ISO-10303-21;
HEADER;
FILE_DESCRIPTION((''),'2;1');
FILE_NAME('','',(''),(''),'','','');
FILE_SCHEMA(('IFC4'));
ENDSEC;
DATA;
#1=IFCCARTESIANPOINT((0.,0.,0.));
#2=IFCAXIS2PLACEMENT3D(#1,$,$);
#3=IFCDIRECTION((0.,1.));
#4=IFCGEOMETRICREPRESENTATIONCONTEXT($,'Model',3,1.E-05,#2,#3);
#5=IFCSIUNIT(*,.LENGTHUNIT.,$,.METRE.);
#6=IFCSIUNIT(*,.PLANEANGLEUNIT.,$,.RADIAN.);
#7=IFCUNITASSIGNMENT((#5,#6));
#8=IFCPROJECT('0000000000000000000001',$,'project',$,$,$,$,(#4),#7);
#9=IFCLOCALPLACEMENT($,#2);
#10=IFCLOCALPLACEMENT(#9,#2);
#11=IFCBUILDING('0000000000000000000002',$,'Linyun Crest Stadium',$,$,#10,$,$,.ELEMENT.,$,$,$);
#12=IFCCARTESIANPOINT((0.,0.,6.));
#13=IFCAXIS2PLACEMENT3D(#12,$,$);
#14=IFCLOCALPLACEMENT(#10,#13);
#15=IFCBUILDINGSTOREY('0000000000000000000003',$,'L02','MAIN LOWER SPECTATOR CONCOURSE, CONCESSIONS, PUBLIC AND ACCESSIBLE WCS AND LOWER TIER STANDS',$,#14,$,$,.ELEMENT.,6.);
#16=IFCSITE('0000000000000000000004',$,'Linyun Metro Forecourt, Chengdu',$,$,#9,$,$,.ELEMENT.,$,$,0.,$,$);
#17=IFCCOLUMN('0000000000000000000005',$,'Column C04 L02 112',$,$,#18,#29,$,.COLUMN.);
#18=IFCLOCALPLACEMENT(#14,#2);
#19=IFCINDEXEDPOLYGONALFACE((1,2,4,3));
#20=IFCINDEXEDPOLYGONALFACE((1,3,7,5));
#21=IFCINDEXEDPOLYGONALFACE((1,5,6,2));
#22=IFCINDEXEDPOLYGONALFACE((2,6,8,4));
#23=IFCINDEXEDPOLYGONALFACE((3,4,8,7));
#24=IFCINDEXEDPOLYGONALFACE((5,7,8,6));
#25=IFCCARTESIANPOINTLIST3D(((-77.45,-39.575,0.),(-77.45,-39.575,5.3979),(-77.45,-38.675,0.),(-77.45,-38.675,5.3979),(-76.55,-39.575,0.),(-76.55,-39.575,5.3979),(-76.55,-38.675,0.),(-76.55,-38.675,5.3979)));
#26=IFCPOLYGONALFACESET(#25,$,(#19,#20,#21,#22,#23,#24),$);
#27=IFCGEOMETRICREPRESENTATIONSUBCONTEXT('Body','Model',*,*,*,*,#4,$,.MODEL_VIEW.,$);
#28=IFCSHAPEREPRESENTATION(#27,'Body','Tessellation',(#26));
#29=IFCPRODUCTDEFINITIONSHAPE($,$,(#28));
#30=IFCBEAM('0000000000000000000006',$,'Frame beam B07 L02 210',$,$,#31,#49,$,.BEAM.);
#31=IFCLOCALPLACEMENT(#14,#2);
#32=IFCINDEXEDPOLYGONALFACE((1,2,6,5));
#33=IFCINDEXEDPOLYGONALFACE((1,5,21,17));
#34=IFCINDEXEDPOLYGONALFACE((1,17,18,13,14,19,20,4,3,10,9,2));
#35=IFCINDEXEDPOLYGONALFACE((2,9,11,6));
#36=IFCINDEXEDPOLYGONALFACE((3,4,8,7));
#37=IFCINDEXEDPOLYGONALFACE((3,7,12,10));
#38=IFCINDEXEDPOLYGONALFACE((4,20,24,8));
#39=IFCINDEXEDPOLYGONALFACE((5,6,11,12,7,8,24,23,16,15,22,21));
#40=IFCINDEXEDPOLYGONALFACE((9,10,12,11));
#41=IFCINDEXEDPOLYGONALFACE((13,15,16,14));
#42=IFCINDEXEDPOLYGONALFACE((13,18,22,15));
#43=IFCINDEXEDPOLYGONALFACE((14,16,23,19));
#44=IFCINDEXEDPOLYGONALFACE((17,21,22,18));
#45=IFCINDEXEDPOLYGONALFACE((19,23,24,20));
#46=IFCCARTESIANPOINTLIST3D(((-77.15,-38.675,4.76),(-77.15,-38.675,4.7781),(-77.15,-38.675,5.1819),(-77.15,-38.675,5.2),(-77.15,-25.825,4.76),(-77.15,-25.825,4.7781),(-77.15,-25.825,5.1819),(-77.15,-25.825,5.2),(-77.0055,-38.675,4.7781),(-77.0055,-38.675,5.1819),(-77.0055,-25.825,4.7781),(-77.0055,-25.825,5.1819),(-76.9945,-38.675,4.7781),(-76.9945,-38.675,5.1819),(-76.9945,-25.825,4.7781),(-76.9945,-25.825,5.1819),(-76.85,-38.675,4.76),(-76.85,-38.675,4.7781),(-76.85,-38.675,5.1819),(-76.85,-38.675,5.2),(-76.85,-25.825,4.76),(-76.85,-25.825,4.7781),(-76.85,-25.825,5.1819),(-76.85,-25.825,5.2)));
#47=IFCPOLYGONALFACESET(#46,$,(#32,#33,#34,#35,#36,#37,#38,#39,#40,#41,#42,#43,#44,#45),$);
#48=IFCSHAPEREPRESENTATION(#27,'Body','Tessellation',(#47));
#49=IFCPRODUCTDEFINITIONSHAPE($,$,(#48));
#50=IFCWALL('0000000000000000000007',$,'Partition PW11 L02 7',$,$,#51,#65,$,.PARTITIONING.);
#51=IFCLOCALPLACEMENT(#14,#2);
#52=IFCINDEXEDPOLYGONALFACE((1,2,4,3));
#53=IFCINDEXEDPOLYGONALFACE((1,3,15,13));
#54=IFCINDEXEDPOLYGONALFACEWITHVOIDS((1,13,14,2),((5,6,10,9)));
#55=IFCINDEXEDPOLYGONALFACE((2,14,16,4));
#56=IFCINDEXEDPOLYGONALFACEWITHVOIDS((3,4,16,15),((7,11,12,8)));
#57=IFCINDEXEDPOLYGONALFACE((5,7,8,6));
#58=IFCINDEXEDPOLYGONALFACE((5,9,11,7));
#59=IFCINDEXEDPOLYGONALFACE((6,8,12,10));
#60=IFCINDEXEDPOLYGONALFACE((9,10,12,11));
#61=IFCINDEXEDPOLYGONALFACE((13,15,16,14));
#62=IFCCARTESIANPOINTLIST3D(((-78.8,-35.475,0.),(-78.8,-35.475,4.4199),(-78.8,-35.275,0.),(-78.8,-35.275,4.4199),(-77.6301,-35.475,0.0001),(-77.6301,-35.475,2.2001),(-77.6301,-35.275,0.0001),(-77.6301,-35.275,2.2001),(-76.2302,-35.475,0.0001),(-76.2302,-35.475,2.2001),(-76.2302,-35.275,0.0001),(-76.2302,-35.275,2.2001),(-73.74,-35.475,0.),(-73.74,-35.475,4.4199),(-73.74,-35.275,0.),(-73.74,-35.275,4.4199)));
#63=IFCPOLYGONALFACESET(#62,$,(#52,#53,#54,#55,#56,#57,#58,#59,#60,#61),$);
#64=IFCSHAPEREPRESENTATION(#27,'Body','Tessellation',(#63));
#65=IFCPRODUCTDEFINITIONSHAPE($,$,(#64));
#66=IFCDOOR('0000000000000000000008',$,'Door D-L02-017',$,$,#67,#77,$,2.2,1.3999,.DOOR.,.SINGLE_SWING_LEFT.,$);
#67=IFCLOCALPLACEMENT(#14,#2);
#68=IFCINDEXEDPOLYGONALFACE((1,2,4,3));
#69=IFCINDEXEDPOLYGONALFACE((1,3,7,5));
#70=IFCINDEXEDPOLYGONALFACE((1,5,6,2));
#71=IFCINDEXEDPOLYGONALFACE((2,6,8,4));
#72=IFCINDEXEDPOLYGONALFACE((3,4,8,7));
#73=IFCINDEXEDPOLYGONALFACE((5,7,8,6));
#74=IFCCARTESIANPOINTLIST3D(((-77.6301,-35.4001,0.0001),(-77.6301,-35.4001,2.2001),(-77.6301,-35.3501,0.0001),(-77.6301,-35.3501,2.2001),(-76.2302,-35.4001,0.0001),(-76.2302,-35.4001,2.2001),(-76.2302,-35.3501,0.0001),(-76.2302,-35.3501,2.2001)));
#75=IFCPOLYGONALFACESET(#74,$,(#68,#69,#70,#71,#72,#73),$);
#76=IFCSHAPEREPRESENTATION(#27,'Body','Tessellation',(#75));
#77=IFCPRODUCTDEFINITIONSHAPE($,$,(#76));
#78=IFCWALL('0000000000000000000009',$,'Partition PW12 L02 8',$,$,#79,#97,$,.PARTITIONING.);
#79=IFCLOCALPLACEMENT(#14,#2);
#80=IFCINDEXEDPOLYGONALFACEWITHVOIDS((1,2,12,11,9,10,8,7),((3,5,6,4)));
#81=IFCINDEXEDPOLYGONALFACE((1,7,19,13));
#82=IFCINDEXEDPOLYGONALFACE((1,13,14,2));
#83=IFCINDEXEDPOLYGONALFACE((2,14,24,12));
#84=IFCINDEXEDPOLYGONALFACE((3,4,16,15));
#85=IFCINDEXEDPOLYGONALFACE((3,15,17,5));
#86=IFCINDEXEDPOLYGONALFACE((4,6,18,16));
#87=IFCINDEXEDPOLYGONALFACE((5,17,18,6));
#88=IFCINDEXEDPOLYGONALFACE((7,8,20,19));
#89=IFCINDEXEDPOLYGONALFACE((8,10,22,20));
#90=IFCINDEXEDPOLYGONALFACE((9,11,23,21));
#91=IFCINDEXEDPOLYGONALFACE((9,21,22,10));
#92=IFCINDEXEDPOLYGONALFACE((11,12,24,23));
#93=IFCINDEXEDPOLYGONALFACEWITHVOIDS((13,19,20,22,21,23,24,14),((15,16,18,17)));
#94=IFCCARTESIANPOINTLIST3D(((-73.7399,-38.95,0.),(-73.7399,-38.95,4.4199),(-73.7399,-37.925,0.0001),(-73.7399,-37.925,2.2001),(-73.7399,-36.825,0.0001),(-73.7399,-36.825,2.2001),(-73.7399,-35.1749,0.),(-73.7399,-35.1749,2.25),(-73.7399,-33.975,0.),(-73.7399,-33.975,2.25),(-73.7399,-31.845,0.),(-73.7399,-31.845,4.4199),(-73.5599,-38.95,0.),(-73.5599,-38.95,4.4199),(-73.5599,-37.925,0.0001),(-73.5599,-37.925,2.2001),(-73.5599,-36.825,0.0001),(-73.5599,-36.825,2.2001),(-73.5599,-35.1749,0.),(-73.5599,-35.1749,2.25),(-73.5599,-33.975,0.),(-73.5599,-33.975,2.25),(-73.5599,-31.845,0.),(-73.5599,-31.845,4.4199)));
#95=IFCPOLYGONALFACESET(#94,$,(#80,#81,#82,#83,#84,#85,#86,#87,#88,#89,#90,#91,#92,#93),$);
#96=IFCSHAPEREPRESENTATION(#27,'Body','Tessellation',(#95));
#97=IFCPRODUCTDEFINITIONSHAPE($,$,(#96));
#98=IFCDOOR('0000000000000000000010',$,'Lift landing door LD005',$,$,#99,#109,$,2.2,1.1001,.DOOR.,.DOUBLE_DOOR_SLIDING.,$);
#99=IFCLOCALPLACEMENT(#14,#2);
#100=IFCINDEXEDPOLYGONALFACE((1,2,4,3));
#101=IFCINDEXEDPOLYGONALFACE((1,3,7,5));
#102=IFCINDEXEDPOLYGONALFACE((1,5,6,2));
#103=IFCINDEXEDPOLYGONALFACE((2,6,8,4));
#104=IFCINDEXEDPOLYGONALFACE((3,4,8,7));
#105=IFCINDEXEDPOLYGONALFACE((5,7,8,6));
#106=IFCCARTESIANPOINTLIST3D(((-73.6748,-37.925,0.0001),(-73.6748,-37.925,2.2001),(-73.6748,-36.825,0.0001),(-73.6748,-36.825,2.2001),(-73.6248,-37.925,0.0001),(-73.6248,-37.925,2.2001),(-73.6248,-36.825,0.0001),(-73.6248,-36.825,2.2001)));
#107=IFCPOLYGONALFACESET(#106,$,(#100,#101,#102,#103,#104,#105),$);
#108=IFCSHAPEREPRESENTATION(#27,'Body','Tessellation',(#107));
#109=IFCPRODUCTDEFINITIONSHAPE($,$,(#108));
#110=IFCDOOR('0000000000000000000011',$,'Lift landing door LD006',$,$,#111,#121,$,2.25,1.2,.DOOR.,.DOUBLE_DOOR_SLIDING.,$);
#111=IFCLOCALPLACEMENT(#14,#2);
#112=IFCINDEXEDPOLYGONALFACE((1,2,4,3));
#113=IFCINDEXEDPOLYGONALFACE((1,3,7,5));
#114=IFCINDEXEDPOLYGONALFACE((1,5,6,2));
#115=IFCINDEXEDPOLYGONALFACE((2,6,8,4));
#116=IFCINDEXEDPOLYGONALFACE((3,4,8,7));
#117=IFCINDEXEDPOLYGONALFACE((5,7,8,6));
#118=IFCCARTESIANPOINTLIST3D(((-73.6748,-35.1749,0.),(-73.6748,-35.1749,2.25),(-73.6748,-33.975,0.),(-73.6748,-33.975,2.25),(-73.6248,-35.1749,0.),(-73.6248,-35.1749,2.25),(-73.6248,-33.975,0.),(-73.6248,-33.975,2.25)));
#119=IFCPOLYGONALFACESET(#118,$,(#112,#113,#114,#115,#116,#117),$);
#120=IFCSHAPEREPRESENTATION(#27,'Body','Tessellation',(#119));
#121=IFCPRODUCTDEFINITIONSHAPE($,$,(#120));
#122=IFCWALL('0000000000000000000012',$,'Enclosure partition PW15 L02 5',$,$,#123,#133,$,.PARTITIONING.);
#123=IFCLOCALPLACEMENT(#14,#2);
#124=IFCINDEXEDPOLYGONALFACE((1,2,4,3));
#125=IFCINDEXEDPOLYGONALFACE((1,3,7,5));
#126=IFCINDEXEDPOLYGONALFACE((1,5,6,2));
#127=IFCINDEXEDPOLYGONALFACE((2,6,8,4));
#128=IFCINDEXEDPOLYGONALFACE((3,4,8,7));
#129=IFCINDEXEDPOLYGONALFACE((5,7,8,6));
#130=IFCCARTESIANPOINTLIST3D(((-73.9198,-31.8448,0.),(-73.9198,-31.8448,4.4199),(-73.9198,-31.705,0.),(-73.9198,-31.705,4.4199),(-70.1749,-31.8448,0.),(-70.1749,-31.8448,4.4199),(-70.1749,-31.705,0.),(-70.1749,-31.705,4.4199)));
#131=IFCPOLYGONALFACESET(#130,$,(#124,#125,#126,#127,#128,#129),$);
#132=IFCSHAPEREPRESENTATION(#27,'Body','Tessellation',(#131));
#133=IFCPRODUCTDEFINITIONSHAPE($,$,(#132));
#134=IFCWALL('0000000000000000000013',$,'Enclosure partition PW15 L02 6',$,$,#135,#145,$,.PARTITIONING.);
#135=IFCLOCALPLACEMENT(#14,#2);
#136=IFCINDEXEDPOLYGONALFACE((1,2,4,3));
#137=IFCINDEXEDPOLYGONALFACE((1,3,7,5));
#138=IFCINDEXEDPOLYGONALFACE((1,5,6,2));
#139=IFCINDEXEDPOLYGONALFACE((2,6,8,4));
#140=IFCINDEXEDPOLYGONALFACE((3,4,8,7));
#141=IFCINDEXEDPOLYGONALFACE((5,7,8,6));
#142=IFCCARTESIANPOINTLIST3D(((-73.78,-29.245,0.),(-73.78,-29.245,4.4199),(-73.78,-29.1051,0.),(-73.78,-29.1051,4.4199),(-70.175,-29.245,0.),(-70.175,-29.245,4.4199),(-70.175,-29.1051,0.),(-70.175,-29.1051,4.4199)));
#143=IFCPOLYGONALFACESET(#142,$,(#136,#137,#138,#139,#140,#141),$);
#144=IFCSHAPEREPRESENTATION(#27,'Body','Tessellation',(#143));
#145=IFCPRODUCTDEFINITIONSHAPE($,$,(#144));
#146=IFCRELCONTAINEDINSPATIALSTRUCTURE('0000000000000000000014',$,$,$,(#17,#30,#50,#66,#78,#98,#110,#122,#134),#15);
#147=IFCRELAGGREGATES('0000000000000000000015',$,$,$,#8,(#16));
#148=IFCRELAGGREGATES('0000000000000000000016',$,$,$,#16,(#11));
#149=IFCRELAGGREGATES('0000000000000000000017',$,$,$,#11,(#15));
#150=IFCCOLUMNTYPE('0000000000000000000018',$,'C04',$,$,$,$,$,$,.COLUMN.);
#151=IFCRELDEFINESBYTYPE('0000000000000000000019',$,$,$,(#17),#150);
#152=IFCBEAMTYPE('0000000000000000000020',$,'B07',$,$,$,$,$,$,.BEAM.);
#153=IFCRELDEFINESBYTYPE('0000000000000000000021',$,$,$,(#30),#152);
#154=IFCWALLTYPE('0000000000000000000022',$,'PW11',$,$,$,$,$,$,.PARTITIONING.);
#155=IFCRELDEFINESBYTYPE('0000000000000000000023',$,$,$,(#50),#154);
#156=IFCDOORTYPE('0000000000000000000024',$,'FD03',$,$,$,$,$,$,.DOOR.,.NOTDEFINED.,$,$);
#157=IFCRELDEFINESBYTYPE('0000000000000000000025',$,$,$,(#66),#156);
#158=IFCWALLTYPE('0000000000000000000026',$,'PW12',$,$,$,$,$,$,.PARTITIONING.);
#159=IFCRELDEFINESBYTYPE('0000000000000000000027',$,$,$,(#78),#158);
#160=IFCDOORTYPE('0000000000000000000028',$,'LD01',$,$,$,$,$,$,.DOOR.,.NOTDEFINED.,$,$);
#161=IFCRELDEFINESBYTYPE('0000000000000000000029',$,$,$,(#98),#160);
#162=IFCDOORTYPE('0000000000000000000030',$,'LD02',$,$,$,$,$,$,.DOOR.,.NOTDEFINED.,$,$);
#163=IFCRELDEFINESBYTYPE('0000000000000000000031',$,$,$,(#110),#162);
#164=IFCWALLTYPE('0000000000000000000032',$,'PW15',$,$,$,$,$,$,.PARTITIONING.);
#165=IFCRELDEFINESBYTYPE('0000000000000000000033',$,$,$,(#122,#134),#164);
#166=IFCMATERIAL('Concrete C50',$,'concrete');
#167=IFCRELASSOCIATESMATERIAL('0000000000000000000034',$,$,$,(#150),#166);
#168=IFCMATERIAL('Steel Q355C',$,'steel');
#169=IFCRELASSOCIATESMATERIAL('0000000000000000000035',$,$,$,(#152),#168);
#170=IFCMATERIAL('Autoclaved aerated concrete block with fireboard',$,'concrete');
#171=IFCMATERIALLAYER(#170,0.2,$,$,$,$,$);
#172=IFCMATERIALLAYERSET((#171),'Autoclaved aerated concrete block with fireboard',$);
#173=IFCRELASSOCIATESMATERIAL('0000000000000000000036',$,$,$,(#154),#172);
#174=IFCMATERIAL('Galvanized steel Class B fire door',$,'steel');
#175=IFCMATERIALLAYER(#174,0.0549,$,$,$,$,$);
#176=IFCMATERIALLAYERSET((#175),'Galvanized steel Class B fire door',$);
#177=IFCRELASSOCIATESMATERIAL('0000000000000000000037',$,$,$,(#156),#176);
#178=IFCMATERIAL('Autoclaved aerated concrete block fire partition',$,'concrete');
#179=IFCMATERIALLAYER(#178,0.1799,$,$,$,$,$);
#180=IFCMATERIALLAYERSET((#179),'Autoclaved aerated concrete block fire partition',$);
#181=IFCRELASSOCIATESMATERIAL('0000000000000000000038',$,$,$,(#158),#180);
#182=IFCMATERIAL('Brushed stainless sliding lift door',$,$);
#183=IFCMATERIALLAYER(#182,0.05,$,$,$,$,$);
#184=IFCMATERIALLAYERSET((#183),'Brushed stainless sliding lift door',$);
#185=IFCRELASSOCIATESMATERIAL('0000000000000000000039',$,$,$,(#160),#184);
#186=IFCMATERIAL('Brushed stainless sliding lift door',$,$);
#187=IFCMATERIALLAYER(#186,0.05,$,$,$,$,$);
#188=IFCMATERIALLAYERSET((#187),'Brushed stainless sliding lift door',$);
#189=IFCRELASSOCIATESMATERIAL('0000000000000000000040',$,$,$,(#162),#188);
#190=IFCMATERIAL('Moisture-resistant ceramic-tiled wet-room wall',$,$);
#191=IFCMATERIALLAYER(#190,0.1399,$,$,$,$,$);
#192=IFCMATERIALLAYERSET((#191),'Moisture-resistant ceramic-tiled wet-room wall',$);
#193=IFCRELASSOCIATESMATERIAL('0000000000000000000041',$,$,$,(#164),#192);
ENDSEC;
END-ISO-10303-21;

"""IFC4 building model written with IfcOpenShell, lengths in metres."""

from ifc_helpers import new_model, si_unit, direction, frame, frame_2d, origin, origin_2d, place, context, subcontext, project, spatial, rectangle, i_section, extrude, material, layer, layer_set, material_profile, profile_set, type_object, element, fill, save


model = new_model("IFC4")

# Units and contexts
model_context = context("Model", 3, precision=1e-05, world=origin(), true_north=direction((0.0, 1.0)))
body_context = subcontext(model_context, "Body", "Model", "MODEL_VIEW")
ifc_project = project(units=[si_unit("LENGTHUNIT", "METRE"), si_unit("PLANEANGLEUNIT", "RADIAN")], contexts=[model_context])

# Site, building, storey
site_placement = place(None, origin())
site = spatial("IfcSite", under=ifc_project, at=site_placement, Name="Linyun Metro Forecourt, Chengdu", CompositionType="ELEMENT", RefElevation=0.0)
building_placement = place(site_placement, origin())
building = spatial("IfcBuilding", under=site, at=building_placement, Name="Linyun Crest Stadium", CompositionType="ELEMENT")
storey_placement = place(building_placement, frame((0.0, 0.0, 6.0)))
storey = spatial("IfcBuildingStorey", under=building, at=storey_placement, Name="L02", Description="MAIN LOWER SPECTATOR CONCOURSE, CONCESSIONS, PUBLIC AND ACCESSIBLE WCS AND LOWER TIER STANDS", CompositionType="ELEMENT", Elevation=6.0)

# Column
ifc_material_1 = material(Name="Concrete C50", Category="concrete")
ifc_material_profile_1 = material_profile(ifc_material_1, rectangle(XDim=0.8999, YDim=0.8999, at=origin_2d()), Name="RC 900x900")
ifc_profile_set_1 = profile_set([ifc_material_profile_1], Name="Concrete C50")
column_type = type_object("IfcColumnType", Name="C04", PredefinedType="COLUMN", material=ifc_profile_set_1)
column_placement = place(storey_placement, frame((-77.0, -39.125, 0.0), z_axis=(0.0, 0.0, 1.0), x_axis=(1.0, 0.0, 0.0)))
element("IfcColumn", 1, at=column_placement, inside=storey, type_object=column_type, Name="Column C04 L02 112", PredefinedType="COLUMN", context=body_context, shape_type="SweptSolid", body=[
    extrude(rectangle(XDim=0.8999, YDim=0.8999, at=origin_2d()), origin(), (0.0, 0.0, 1.0), 5.3979),
])

# Beam
ifc_material_2 = material(Name="Steel Q355C", Category="steel")
ifc_material_profile_2 = material_profile(ifc_material_2, i_section(OverallWidth=0.3, OverallDepth=0.4399, WebThickness=0.011, FlangeThickness=0.0181, at=origin_2d()), Name="HM 440x300")
ifc_profile_set_2 = profile_set([ifc_material_profile_2], Name="Steel Q355C")
beam_type = type_object("IfcBeamType", Name="B07", PredefinedType="BEAM", material=ifc_profile_set_2)
beam_placement = place(storey_placement, frame((-77.0, -38.675, 4.98), z_axis=(0.0, 1.0, 0.0), x_axis=(-1.0, 0.0, 0.0)))
element("IfcBeam", 2, at=beam_placement, inside=storey, type_object=beam_type, Name="Frame beam B07 L02 210", PredefinedType="BEAM", context=body_context, shape_type="SweptSolid", body=[
    extrude(i_section(OverallWidth=0.3, OverallDepth=0.4399, WebThickness=0.011, FlangeThickness=0.0181, at=origin_2d()), origin(), (0.0, 0.0, 1.0), 12.8501),
])

# Wall, opening, door
ifc_material_3 = material(Name="Autoclaved aerated concrete block with fireboard", Category="concrete")
ifc_layer_1 = layer(ifc_material_3, 0.2)
ifc_layer_set_1 = layer_set([ifc_layer_1], Name="Autoclaved aerated concrete block with fireboard")
wall_type_1 = type_object("IfcWallType", Name="PW11", PredefinedType="PARTITIONING", material=ifc_layer_set_1)
wall_1_placement = place(storey_placement, frame((-78.8, -35.375, 0.0), z_axis=(0.0, 0.0, 1.0), x_axis=(1.0, 0.0, 0.0)))
wall_1 = element("IfcWall", 3, at=wall_1_placement, inside=storey, type_object=wall_type_1, Name="Partition PW11 L02 7", PredefinedType="PARTITIONING", context=body_context, shape_type="SweptSolid", body=[
    extrude(rectangle(XDim=5.0601, YDim=0.2, at=frame_2d((2.53, 0.0))), origin(), (0.0, 0.0, 1.0), 4.4199),
])
opening_1_placement = place(wall_1_placement, frame((1.1699, 0.0, 0.0)))
opening_1 = element("IfcOpeningElement", 4, at=opening_1_placement, cuts=wall_1, PredefinedType="OPENING", context=body_context, shape_type="SweptSolid", body=[
    extrude(rectangle(XDim=1.3999, YDim=2.2, at=frame_2d((0.7, 1.1001))), frame((0.0, 0.1099, 0.0), z_axis=(0.0, -1.0, 0.0), x_axis=(1.0, 0.0, 0.0)), (0.0, 0.0, 1.0), 0.22),
])
ifc_material_4 = material(Name="Galvanized steel Class B fire door", Category="steel")
ifc_layer_2 = layer(ifc_material_4, 0.0549)
ifc_layer_set_2 = layer_set([ifc_layer_2], Name="Galvanized steel Class B fire door")
door_type_1 = type_object("IfcDoorType", Name="FD03", OperationType="NOTDEFINED", PredefinedType="DOOR", material=ifc_layer_set_2)
door_1_placement = place(opening_1_placement, origin())
door_1 = element("IfcDoor", 5, at=door_1_placement, inside=storey, type_object=door_type_1, Name="Door D-L02-017", OperationType="SINGLE_SWING_LEFT", OverallHeight=2.2, OverallWidth=1.3999, PredefinedType="DOOR", context=body_context, shape_type="SweptSolid", body=[
    extrude(rectangle(XDim=1.3999, YDim=2.2, at=frame_2d((0.7, 1.1001))), frame((0.0, 0.0249, 0.0), z_axis=(0.0, -1.0, 0.0), x_axis=(1.0, 0.0, 0.0)), (0.0, 0.0, 1.0), 0.05),
])
fill(opening_1, door_1)

# Wall, openings, doors
ifc_material_5 = material(Name="Autoclaved aerated concrete block fire partition", Category="concrete")
ifc_layer_3 = layer(ifc_material_5, 0.1799)
ifc_layer_set_3 = layer_set([ifc_layer_3], Name="Autoclaved aerated concrete block fire partition")
wall_type_2 = type_object("IfcWallType", Name="PW12", PredefinedType="PARTITIONING", material=ifc_layer_set_3)
wall_2_placement = place(storey_placement, frame((-73.6499, -38.95, 0.0), z_axis=(0.0, 0.0, 1.0), x_axis=(0.0, 1.0, 0.0)))
wall_2 = element("IfcWall", 6, at=wall_2_placement, inside=storey, type_object=wall_type_2, Name="Partition PW12 L02 8", PredefinedType="PARTITIONING", context=body_context, shape_type="SweptSolid", body=[
    extrude(rectangle(XDim=7.105, YDim=0.1799, at=frame_2d((3.5525, 0.0))), origin(), (0.0, 0.0, 1.0), 4.4199),
])
opening_2_placement = place(wall_2_placement, frame((1.0249, 0.0, 0.0)))
opening_2 = element("IfcOpeningElement", 7, at=opening_2_placement, cuts=wall_2, PredefinedType="OPENING", context=body_context, shape_type="SweptSolid", body=[
    extrude(rectangle(XDim=1.1001, YDim=2.2, at=frame_2d((0.55, 1.1001))), frame((0.0, 0.0999, 0.0), z_axis=(0.0, -1.0, 0.0), x_axis=(1.0, 0.0, 0.0)), (0.0, 0.0, 1.0), 0.2),
])
opening_3_placement = place(wall_2_placement, frame((3.7749, 0.0, 0.0)))
opening_3 = element("IfcOpeningElement", 8, at=opening_3_placement, cuts=wall_2, PredefinedType="OPENING", context=body_context, shape_type="SweptSolid", body=[
    extrude(rectangle(XDim=1.2, YDim=2.25, at=frame_2d((0.6001, 1.125))), frame((0.0, 0.0999, 0.0), z_axis=(0.0, -1.0, 0.0), x_axis=(1.0, 0.0, 0.0)), (0.0, 0.0, 1.0), 0.2),
])
ifc_material_6 = material(Name="Brushed stainless sliding lift door")
ifc_layer_4 = layer(ifc_material_6, 0.05)
ifc_layer_set_4 = layer_set([ifc_layer_4], Name="Brushed stainless sliding lift door")
door_type_2 = type_object("IfcDoorType", Name="LD01", OperationType="NOTDEFINED", PredefinedType="DOOR", material=ifc_layer_set_4)
door_2_placement = place(opening_2_placement, origin())
door_2 = element("IfcDoor", 9, at=door_2_placement, inside=storey, type_object=door_type_2, Name="Lift landing door LD005", OperationType="DOUBLE_DOOR_SLIDING", OverallHeight=2.2, OverallWidth=1.1001, PredefinedType="DOOR", context=body_context, shape_type="SweptSolid", body=[
    extrude(rectangle(XDim=1.1001, YDim=2.2, at=frame_2d((0.55, 1.1001))), frame((0.0, 0.0249, 0.0), z_axis=(0.0, -1.0, 0.0), x_axis=(1.0, 0.0, 0.0)), (0.0, 0.0, 1.0), 0.05),
])
fill(opening_2, door_2)
ifc_material_7 = material(Name="Brushed stainless sliding lift door")
ifc_layer_5 = layer(ifc_material_7, 0.05)
ifc_layer_set_5 = layer_set([ifc_layer_5], Name="Brushed stainless sliding lift door")
door_type_3 = type_object("IfcDoorType", Name="LD02", OperationType="NOTDEFINED", PredefinedType="DOOR", material=ifc_layer_set_5)
door_3_placement = place(opening_3_placement, origin())
door_3 = element("IfcDoor", 10, at=door_3_placement, inside=storey, type_object=door_type_3, Name="Lift landing door LD006", OperationType="DOUBLE_DOOR_SLIDING", OverallHeight=2.25, OverallWidth=1.2, PredefinedType="DOOR", context=body_context, shape_type="SweptSolid", body=[
    extrude(rectangle(XDim=1.2, YDim=2.25, at=frame_2d((0.6001, 1.125))), frame((0.0, 0.0249, 0.0), z_axis=(0.0, -1.0, 0.0), x_axis=(1.0, 0.0, 0.0)), (0.0, 0.0, 1.0), 0.05),
])
fill(opening_3, door_3)
ifc_material_8 = material(Name="Moisture-resistant ceramic-tiled wet-room wall")
ifc_layer_6 = layer(ifc_material_8, 0.1399)
ifc_layer_set_6 = layer_set([ifc_layer_6], Name="Moisture-resistant ceramic-tiled wet-room wall")
wall_type_3 = type_object("IfcWallType", Name="PW15", PredefinedType="PARTITIONING", material=ifc_layer_set_6)

# Walls
wall_3_placement = place(storey_placement, frame((-73.9199, -31.7749, 0.0), z_axis=(0.0, 0.0, 1.0), x_axis=(1.0, 0.0, 0.0)))
element("IfcWall", 11, at=wall_3_placement, inside=storey, type_object=wall_type_3, Name="Enclosure partition PW15 L02 5", PredefinedType="PARTITIONING", context=body_context, shape_type="SweptSolid", body=[
    extrude(rectangle(XDim=3.7449, YDim=0.1399, at=frame_2d((1.8726, 0.0))), origin(), (0.0, 0.0, 1.0), 4.4199),
])
wall_4_placement = place(storey_placement, frame((-73.78, -29.175, 0.0), z_axis=(0.0, 0.0, 1.0), x_axis=(1.0, 0.0, 0.0)))
element("IfcWall", 12, at=wall_4_placement, inside=storey, type_object=wall_type_3, Name="Enclosure partition PW15 L02 6", PredefinedType="PARTITIONING", context=body_context, shape_type="SweptSolid", body=[
    extrude(rectangle(XDim=3.605, YDim=0.1399, at=frame_2d((1.8025, 0.0))), origin(), (0.0, 0.0, 1.0), 4.4199),
])

save(model, "model.ifc")
